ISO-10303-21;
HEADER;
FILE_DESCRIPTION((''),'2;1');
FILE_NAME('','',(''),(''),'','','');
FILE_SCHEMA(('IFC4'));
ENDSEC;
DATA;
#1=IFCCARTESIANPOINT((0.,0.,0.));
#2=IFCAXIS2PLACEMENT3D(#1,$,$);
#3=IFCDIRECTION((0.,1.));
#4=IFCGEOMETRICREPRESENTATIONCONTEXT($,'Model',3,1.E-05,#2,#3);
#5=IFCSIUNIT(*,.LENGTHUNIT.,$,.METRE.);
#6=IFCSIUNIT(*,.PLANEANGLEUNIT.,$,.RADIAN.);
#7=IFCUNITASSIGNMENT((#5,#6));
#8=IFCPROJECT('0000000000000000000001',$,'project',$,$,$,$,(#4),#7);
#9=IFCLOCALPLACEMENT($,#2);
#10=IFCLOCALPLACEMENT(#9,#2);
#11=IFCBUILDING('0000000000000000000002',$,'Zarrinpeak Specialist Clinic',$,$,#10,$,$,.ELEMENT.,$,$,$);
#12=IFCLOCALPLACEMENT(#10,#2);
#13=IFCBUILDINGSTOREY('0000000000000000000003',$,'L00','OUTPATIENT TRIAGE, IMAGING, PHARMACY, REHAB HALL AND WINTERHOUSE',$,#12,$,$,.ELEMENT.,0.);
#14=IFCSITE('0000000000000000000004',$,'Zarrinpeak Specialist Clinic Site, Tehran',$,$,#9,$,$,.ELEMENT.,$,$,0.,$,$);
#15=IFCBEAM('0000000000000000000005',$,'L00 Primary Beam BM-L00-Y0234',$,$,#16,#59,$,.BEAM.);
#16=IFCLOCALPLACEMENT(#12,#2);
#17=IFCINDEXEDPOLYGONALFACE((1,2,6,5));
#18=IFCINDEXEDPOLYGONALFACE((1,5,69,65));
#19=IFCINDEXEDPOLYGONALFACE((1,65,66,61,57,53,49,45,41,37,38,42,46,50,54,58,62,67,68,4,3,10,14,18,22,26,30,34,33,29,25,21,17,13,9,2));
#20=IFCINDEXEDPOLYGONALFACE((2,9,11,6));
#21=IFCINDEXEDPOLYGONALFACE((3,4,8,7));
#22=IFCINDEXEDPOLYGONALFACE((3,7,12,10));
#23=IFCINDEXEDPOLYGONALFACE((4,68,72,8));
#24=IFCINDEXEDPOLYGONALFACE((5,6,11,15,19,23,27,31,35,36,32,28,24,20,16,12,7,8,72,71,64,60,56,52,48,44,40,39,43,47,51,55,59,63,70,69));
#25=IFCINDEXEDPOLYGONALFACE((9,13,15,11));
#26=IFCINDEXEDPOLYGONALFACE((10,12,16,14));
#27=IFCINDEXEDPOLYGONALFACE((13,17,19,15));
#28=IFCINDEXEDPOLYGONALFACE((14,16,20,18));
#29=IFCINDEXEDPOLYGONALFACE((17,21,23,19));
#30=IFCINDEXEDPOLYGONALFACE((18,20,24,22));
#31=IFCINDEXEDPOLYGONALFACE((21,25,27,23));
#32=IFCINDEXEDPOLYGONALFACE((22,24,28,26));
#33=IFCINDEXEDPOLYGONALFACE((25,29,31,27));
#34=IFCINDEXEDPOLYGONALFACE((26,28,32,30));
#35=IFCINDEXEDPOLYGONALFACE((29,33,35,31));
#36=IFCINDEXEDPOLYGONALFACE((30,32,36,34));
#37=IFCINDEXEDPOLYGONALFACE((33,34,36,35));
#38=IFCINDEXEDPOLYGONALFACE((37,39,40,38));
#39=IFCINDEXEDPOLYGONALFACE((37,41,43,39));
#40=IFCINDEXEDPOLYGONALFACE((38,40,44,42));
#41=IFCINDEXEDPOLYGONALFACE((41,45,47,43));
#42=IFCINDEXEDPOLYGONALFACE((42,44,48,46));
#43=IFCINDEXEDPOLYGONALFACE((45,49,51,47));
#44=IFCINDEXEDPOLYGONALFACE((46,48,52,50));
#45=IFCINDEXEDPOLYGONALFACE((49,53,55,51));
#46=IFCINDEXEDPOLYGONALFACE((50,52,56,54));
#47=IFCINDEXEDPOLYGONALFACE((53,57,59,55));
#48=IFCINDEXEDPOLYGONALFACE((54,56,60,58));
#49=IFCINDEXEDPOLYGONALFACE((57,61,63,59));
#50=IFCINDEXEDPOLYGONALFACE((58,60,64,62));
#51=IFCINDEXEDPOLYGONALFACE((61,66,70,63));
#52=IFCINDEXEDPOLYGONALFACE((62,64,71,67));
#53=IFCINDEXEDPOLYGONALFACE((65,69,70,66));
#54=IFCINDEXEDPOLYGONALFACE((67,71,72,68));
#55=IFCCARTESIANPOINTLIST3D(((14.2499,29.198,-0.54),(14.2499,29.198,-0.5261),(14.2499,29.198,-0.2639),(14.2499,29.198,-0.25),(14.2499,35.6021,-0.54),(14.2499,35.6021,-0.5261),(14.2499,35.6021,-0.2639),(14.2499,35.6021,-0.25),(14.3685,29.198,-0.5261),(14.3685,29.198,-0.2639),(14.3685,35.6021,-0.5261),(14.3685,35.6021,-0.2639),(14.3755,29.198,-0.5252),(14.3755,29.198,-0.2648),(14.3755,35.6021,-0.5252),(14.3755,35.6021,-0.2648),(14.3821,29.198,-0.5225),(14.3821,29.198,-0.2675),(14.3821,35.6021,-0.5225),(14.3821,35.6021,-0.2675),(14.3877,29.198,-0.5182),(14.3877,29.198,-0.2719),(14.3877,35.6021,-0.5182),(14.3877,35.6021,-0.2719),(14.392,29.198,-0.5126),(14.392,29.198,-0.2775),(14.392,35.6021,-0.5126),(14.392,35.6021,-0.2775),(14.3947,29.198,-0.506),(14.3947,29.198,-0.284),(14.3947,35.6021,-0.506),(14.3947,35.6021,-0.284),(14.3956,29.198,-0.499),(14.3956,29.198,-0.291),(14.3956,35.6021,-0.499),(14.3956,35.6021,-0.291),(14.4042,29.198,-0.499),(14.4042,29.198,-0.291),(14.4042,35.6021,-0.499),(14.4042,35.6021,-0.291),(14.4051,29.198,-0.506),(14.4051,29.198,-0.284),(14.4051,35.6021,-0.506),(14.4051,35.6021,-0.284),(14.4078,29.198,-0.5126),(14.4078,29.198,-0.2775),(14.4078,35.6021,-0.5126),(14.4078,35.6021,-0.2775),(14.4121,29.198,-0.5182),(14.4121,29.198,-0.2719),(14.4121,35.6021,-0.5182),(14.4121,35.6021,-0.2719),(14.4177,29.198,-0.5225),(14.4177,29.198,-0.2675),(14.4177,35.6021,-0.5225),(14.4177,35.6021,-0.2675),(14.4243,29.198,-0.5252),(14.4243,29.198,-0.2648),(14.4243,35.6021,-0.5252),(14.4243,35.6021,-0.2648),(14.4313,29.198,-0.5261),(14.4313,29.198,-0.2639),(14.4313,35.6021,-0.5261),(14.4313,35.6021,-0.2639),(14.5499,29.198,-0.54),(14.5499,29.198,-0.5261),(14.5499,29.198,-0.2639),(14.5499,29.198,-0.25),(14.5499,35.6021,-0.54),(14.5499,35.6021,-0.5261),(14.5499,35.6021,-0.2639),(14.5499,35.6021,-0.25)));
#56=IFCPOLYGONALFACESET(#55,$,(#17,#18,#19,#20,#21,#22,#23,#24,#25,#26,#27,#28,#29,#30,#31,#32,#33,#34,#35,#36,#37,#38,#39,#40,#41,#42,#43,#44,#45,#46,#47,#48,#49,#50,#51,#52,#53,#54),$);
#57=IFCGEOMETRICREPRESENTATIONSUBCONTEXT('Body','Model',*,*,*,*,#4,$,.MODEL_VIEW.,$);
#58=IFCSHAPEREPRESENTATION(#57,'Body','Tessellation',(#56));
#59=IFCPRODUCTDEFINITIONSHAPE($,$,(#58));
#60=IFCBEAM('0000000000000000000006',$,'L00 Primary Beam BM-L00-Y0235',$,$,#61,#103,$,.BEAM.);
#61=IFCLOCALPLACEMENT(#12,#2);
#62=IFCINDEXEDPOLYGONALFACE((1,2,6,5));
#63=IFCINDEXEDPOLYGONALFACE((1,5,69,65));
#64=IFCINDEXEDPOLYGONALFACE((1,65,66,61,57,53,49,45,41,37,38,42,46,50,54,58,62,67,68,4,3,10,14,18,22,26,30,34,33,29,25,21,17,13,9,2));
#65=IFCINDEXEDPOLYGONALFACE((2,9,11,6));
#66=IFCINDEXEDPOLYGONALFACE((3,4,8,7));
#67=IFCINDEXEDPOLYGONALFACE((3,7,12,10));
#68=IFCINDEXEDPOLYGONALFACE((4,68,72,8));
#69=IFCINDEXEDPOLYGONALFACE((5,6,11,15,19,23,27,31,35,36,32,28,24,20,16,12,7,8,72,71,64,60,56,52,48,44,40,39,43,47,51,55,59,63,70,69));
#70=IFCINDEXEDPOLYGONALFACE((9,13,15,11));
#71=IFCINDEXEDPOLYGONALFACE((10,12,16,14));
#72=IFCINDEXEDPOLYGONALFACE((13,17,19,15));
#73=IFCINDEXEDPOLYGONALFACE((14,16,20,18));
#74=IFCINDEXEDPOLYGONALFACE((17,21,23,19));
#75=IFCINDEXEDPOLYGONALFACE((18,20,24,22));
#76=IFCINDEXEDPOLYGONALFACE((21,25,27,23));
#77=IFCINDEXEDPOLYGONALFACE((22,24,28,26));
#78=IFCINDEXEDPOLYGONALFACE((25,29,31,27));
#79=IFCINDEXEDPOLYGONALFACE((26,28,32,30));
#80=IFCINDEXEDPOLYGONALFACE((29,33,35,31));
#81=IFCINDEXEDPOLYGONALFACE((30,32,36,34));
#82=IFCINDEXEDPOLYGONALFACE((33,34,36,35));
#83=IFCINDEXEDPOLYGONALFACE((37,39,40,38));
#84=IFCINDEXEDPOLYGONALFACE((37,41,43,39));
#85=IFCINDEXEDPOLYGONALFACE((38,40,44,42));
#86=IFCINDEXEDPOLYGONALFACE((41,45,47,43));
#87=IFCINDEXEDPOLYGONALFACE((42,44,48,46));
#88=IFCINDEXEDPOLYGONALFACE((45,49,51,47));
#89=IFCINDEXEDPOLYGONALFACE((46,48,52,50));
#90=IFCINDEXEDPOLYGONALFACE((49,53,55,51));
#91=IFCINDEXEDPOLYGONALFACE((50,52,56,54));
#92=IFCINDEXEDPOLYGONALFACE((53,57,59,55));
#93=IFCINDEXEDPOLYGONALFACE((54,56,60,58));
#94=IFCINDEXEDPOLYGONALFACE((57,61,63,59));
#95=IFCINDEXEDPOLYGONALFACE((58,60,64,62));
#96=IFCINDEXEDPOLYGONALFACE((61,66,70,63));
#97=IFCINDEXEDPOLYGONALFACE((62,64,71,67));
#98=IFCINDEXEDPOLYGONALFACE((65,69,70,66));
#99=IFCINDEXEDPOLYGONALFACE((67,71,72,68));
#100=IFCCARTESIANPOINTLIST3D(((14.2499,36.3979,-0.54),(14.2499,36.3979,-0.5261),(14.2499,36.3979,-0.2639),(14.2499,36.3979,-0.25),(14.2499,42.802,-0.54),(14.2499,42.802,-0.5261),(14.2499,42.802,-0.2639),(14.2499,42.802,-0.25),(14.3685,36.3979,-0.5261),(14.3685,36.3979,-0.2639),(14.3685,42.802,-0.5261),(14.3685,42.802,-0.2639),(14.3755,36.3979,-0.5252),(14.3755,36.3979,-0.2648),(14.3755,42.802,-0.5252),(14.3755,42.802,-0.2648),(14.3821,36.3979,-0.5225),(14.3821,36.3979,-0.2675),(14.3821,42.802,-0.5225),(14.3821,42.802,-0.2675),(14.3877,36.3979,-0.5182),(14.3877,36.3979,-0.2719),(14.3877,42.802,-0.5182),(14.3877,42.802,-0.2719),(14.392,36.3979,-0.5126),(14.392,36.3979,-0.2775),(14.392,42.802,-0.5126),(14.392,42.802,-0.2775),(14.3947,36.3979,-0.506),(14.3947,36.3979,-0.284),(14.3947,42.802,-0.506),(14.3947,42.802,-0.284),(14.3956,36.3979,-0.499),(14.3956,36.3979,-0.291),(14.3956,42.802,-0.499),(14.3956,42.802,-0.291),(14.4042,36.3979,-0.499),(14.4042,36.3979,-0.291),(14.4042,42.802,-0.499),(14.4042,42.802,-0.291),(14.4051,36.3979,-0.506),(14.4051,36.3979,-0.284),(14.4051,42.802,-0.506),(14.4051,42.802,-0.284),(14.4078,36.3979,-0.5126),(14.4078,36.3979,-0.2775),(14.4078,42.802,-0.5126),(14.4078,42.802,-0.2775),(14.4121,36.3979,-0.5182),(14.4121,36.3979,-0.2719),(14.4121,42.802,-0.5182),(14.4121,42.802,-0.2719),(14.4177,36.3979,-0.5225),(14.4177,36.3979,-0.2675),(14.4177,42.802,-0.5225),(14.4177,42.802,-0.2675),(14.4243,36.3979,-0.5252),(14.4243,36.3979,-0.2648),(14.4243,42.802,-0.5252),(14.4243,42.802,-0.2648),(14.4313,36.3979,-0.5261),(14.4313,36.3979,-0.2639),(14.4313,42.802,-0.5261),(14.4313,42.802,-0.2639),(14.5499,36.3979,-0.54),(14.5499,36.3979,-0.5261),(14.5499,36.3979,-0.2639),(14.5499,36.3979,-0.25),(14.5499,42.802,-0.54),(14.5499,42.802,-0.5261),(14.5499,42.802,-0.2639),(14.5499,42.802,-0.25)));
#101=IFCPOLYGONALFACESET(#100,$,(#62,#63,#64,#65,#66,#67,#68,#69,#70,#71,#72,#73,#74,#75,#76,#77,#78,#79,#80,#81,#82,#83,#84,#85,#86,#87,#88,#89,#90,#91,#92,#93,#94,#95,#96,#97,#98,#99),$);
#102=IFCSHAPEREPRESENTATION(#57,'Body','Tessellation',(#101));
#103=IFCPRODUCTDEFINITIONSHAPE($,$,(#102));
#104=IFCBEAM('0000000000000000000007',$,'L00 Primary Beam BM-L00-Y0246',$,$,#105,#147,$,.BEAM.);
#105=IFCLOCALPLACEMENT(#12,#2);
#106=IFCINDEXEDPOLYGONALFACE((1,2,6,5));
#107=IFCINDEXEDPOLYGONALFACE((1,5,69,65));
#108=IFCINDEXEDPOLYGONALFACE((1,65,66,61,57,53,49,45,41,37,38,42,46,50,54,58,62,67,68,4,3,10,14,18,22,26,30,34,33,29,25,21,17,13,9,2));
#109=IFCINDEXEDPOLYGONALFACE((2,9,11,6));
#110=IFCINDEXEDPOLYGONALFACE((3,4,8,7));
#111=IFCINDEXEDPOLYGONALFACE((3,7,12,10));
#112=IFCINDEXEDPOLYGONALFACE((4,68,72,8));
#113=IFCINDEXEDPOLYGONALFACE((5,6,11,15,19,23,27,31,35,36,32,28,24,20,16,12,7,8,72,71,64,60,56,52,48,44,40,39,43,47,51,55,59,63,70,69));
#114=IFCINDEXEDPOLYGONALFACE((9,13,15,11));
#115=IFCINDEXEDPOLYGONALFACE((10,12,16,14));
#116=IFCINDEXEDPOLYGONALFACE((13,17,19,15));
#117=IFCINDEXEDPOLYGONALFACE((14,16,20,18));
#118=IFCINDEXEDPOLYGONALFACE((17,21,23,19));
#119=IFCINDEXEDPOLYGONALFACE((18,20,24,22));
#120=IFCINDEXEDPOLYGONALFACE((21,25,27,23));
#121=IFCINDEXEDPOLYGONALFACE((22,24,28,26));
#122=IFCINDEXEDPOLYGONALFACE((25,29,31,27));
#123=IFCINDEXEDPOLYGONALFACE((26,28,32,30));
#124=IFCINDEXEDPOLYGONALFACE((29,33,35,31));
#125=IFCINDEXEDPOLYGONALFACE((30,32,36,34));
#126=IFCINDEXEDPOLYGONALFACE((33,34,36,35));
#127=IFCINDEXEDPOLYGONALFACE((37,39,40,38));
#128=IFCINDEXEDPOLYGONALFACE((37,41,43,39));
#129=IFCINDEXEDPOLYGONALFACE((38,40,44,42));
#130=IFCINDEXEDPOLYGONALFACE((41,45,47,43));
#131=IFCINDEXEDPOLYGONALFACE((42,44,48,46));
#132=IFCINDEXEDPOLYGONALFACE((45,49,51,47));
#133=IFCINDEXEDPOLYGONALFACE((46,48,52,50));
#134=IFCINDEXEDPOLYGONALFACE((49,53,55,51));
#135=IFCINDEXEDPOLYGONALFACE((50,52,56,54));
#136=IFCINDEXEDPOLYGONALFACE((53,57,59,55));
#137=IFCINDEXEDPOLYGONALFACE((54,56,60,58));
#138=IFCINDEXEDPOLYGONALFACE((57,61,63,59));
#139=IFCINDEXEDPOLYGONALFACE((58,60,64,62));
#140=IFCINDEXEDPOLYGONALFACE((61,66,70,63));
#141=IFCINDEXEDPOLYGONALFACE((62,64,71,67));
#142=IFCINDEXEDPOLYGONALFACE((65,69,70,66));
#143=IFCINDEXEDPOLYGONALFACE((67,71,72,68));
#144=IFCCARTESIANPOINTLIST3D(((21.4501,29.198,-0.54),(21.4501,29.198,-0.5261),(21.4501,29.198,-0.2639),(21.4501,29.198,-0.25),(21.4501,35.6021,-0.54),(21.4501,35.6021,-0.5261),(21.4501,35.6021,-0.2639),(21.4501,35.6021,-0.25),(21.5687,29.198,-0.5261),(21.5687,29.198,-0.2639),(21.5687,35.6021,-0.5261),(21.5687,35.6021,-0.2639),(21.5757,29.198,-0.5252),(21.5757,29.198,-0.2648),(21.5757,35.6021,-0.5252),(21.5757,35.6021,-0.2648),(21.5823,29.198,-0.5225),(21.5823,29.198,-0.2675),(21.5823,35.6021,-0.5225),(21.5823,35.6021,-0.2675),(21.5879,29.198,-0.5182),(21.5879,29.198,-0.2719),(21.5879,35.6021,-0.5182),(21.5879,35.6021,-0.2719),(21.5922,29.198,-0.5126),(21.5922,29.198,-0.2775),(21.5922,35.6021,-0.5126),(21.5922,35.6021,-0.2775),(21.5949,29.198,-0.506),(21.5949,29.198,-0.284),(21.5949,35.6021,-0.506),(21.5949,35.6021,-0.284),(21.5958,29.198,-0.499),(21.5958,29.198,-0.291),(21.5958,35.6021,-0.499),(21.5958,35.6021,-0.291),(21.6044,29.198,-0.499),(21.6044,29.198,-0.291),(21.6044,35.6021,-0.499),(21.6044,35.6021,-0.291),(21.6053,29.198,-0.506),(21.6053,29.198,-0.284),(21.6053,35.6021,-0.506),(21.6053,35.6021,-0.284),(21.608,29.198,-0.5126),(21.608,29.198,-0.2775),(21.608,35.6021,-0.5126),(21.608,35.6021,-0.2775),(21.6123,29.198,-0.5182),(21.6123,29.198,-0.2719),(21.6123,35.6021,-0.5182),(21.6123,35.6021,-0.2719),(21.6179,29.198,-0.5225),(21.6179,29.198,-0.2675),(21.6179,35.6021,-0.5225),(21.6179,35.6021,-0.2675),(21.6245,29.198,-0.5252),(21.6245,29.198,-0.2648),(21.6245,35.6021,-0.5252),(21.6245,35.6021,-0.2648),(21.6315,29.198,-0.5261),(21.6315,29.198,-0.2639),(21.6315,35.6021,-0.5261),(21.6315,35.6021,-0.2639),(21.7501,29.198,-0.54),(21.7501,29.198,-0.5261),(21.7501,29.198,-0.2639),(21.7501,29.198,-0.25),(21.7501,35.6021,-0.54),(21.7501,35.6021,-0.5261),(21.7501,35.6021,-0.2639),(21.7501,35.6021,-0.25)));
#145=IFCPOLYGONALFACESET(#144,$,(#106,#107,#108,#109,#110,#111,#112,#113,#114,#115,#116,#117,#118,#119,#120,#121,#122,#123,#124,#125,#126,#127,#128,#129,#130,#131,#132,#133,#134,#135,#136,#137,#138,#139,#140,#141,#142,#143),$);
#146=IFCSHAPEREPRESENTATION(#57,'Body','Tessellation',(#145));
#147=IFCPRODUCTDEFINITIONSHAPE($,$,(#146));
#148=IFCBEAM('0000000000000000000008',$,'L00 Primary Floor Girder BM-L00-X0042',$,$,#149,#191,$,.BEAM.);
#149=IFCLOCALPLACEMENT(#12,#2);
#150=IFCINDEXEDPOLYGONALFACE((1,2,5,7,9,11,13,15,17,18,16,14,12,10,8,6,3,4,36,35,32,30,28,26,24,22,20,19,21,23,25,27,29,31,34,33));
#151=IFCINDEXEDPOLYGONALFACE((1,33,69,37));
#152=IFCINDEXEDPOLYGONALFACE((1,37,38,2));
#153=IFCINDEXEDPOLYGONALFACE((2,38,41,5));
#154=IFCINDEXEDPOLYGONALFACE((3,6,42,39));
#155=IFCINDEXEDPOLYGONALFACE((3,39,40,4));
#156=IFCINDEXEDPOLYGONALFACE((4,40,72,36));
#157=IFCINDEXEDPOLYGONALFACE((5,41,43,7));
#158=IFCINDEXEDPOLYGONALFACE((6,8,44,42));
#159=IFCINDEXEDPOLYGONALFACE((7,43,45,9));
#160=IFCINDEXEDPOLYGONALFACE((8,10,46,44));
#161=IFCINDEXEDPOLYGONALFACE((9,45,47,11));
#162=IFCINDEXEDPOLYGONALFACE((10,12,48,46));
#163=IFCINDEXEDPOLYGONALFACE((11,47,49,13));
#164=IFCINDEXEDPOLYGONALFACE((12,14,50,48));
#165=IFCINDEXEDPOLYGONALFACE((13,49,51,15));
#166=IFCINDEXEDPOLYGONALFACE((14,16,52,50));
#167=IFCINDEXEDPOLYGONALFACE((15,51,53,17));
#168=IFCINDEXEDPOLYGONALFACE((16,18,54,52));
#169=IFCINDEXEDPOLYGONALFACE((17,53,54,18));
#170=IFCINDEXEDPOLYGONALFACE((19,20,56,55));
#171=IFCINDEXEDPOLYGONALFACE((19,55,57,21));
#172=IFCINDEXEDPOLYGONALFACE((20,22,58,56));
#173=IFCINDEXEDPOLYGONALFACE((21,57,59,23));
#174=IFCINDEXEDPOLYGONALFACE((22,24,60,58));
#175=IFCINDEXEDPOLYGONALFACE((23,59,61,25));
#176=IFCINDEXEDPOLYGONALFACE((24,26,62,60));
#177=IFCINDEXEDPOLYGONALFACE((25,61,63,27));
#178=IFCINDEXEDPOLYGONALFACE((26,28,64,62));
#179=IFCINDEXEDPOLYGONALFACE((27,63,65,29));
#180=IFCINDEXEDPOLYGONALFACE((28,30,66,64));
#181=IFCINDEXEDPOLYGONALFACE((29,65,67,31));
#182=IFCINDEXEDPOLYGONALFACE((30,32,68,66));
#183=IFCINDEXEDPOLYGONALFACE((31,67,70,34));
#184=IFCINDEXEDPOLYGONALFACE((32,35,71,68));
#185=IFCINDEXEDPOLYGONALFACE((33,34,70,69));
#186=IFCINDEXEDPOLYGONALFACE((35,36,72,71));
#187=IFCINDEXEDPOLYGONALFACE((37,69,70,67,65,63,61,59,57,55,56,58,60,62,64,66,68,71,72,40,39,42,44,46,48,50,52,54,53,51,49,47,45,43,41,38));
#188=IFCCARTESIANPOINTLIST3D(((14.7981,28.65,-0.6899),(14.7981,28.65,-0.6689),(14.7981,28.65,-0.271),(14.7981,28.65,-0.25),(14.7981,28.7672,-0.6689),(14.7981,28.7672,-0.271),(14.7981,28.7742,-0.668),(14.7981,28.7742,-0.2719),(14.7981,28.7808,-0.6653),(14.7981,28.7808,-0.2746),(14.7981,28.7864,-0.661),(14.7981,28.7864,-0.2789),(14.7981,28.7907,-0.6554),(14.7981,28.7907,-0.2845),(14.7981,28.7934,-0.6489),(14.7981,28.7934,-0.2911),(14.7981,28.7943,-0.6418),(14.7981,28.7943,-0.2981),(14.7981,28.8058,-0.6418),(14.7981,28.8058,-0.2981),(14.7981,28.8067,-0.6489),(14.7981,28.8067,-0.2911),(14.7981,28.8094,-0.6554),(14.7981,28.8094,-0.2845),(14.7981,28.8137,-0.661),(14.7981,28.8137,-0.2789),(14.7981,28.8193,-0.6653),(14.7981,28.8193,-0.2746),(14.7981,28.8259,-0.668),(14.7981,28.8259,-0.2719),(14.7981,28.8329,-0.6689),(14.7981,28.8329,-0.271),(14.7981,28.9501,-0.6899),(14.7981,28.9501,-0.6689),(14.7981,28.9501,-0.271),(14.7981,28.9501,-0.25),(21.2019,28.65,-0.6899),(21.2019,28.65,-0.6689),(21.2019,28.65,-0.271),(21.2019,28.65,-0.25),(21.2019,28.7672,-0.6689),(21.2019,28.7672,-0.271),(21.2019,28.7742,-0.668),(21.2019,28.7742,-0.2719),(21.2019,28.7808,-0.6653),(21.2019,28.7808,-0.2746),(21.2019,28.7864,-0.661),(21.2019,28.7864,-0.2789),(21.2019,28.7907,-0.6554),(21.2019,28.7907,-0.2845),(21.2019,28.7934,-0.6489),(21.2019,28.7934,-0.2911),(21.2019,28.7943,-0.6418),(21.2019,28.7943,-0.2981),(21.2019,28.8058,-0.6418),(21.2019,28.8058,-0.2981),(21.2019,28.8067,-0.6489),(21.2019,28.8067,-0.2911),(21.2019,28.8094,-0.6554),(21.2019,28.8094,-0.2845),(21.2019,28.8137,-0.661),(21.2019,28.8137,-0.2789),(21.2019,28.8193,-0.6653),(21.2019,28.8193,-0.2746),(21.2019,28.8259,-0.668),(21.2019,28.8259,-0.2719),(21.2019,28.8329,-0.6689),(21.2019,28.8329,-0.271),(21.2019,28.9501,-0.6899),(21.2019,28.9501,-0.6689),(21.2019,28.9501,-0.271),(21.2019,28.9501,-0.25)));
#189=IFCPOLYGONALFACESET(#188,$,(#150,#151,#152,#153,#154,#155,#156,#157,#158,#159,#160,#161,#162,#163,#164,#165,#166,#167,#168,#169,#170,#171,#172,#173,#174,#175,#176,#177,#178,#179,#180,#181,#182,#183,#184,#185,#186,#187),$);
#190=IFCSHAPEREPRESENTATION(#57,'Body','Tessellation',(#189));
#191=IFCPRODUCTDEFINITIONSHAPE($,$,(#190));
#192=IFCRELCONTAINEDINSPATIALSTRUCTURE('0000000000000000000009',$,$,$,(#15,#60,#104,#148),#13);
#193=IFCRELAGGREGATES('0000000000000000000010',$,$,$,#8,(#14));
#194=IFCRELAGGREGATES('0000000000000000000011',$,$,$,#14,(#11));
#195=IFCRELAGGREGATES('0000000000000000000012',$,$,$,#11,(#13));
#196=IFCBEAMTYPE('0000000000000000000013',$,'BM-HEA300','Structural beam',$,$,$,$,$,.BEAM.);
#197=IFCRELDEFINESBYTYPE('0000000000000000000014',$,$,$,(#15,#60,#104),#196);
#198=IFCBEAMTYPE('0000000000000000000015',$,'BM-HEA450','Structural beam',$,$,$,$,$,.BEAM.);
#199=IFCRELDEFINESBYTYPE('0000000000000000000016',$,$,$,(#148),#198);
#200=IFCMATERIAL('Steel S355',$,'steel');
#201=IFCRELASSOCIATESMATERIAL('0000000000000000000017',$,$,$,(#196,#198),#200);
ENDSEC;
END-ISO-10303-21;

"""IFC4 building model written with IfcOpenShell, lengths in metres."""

from ifc_helpers import new_model, si_unit, direction, frame, origin, origin_2d, place, context, subcontext, project, spatial, i_section, extrude, material, material_profile, profile_set, type_object, element, save


model = new_model("IFC4")

# Units and contexts
model_context = context("Model", 3, precision=1e-05, world=origin(), true_north=direction((0.0, 1.0)))
body_context = subcontext(model_context, "Body", "Model", "MODEL_VIEW")
ifc_project = project(units=[si_unit("LENGTHUNIT", "METRE"), si_unit("PLANEANGLEUNIT", "RADIAN")], contexts=[model_context])

# Site, building, storey
site_placement = place(None, origin())
site = spatial("IfcSite", under=ifc_project, at=site_placement, Name="Zarrinpeak Specialist Clinic Site, Tehran", CompositionType="ELEMENT", RefElevation=0.0)
building_placement = place(site_placement, origin())
building = spatial("IfcBuilding", under=site, at=building_placement, Name="Zarrinpeak Specialist Clinic", CompositionType="ELEMENT")
storey_placement = place(building_placement, origin())
storey = spatial("IfcBuildingStorey", under=building, at=storey_placement, Name="L00", Description="OUTPATIENT TRIAGE, IMAGING, PHARMACY, REHAB HALL AND WINTERHOUSE", CompositionType="ELEMENT", Elevation=0.0)

# Shared definitions
ifc_material_1 = material(Name="Steel S355", Category="steel")

# Beams
ifc_material_profile_1 = material_profile(ifc_material_1, i_section(OverallWidth=0.3, OverallDepth=0.29, WebThickness=0.0085, FlangeThickness=0.0139, FilletRadius=0.0271, at=origin_2d()), Name="HEA 300")
ifc_profile_set_1 = profile_set([ifc_material_profile_1], Name="Steel S355")
beam_type_1 = type_object("IfcBeamType", Name="BM-HEA300", Description="Structural beam", PredefinedType="BEAM", material=ifc_profile_set_1)
for number, where, z_axis, x_axis, name in (
    (1, (14.3999, 29.198, -0.395), (0.0, 1.0, 0.0), (-1.0, 0.0, 0.0), "L00 Primary Beam BM-L00-Y0234"),
    (2, (14.3999, 36.3979, -0.395), (0.0, 1.0, 0.0), (-1.0, 0.0, 0.0), "L00 Primary Beam BM-L00-Y0235"),
    (3, (21.6001, 29.198, -0.395), (0.0, 1.0, 0.0), (-1.0, 0.0, 0.0), "L00 Primary Beam BM-L00-Y0246"),
):
    element("IfcBeam", number, at=place(storey_placement, frame(where, z_axis=z_axis, x_axis=x_axis)), inside=storey, type_object=beam_type_1, Name=name, PredefinedType="BEAM", context=body_context, shape_type="SweptSolid", body=[
        extrude(i_section(OverallWidth=0.3, OverallDepth=0.29, WebThickness=0.0085, FlangeThickness=0.0139, FilletRadius=0.0271, at=origin_2d()), origin(), (0.0, 0.0, 1.0), 6.4041),
    ])
ifc_material_profile_2 = material_profile(ifc_material_1, i_section(OverallWidth=0.3, OverallDepth=0.4399, WebThickness=0.0115, FlangeThickness=0.021, FilletRadius=0.0271, at=origin_2d()), Name="HEA 450")
ifc_profile_set_2 = profile_set([ifc_material_profile_2], Name="Steel S355")
beam_type_2 = type_object("IfcBeamType", Name="BM-HEA450", Description="Structural beam", PredefinedType="BEAM", material=ifc_profile_set_2)
for number, where, z_axis, x_axis, name in (
    (4, (14.7981, 28.8, -0.47), (1.0, 0.0, 0.0), (0.0, 1.0, 0.0), "L00 Primary Floor Girder BM-L00-X0042"),
):
    element("IfcBeam", number, at=place(storey_placement, frame(where, z_axis=z_axis, x_axis=x_axis)), inside=storey, type_object=beam_type_2, Name=name, PredefinedType="BEAM", context=body_context, shape_type="SweptSolid", body=[
        extrude(i_section(OverallWidth=0.3, OverallDepth=0.4399, WebThickness=0.0115, FlangeThickness=0.021, FilletRadius=0.0271, at=origin_2d()), origin(), (0.0, 0.0, 1.0), 6.4038),
    ])

save(model, "model.ifc")
